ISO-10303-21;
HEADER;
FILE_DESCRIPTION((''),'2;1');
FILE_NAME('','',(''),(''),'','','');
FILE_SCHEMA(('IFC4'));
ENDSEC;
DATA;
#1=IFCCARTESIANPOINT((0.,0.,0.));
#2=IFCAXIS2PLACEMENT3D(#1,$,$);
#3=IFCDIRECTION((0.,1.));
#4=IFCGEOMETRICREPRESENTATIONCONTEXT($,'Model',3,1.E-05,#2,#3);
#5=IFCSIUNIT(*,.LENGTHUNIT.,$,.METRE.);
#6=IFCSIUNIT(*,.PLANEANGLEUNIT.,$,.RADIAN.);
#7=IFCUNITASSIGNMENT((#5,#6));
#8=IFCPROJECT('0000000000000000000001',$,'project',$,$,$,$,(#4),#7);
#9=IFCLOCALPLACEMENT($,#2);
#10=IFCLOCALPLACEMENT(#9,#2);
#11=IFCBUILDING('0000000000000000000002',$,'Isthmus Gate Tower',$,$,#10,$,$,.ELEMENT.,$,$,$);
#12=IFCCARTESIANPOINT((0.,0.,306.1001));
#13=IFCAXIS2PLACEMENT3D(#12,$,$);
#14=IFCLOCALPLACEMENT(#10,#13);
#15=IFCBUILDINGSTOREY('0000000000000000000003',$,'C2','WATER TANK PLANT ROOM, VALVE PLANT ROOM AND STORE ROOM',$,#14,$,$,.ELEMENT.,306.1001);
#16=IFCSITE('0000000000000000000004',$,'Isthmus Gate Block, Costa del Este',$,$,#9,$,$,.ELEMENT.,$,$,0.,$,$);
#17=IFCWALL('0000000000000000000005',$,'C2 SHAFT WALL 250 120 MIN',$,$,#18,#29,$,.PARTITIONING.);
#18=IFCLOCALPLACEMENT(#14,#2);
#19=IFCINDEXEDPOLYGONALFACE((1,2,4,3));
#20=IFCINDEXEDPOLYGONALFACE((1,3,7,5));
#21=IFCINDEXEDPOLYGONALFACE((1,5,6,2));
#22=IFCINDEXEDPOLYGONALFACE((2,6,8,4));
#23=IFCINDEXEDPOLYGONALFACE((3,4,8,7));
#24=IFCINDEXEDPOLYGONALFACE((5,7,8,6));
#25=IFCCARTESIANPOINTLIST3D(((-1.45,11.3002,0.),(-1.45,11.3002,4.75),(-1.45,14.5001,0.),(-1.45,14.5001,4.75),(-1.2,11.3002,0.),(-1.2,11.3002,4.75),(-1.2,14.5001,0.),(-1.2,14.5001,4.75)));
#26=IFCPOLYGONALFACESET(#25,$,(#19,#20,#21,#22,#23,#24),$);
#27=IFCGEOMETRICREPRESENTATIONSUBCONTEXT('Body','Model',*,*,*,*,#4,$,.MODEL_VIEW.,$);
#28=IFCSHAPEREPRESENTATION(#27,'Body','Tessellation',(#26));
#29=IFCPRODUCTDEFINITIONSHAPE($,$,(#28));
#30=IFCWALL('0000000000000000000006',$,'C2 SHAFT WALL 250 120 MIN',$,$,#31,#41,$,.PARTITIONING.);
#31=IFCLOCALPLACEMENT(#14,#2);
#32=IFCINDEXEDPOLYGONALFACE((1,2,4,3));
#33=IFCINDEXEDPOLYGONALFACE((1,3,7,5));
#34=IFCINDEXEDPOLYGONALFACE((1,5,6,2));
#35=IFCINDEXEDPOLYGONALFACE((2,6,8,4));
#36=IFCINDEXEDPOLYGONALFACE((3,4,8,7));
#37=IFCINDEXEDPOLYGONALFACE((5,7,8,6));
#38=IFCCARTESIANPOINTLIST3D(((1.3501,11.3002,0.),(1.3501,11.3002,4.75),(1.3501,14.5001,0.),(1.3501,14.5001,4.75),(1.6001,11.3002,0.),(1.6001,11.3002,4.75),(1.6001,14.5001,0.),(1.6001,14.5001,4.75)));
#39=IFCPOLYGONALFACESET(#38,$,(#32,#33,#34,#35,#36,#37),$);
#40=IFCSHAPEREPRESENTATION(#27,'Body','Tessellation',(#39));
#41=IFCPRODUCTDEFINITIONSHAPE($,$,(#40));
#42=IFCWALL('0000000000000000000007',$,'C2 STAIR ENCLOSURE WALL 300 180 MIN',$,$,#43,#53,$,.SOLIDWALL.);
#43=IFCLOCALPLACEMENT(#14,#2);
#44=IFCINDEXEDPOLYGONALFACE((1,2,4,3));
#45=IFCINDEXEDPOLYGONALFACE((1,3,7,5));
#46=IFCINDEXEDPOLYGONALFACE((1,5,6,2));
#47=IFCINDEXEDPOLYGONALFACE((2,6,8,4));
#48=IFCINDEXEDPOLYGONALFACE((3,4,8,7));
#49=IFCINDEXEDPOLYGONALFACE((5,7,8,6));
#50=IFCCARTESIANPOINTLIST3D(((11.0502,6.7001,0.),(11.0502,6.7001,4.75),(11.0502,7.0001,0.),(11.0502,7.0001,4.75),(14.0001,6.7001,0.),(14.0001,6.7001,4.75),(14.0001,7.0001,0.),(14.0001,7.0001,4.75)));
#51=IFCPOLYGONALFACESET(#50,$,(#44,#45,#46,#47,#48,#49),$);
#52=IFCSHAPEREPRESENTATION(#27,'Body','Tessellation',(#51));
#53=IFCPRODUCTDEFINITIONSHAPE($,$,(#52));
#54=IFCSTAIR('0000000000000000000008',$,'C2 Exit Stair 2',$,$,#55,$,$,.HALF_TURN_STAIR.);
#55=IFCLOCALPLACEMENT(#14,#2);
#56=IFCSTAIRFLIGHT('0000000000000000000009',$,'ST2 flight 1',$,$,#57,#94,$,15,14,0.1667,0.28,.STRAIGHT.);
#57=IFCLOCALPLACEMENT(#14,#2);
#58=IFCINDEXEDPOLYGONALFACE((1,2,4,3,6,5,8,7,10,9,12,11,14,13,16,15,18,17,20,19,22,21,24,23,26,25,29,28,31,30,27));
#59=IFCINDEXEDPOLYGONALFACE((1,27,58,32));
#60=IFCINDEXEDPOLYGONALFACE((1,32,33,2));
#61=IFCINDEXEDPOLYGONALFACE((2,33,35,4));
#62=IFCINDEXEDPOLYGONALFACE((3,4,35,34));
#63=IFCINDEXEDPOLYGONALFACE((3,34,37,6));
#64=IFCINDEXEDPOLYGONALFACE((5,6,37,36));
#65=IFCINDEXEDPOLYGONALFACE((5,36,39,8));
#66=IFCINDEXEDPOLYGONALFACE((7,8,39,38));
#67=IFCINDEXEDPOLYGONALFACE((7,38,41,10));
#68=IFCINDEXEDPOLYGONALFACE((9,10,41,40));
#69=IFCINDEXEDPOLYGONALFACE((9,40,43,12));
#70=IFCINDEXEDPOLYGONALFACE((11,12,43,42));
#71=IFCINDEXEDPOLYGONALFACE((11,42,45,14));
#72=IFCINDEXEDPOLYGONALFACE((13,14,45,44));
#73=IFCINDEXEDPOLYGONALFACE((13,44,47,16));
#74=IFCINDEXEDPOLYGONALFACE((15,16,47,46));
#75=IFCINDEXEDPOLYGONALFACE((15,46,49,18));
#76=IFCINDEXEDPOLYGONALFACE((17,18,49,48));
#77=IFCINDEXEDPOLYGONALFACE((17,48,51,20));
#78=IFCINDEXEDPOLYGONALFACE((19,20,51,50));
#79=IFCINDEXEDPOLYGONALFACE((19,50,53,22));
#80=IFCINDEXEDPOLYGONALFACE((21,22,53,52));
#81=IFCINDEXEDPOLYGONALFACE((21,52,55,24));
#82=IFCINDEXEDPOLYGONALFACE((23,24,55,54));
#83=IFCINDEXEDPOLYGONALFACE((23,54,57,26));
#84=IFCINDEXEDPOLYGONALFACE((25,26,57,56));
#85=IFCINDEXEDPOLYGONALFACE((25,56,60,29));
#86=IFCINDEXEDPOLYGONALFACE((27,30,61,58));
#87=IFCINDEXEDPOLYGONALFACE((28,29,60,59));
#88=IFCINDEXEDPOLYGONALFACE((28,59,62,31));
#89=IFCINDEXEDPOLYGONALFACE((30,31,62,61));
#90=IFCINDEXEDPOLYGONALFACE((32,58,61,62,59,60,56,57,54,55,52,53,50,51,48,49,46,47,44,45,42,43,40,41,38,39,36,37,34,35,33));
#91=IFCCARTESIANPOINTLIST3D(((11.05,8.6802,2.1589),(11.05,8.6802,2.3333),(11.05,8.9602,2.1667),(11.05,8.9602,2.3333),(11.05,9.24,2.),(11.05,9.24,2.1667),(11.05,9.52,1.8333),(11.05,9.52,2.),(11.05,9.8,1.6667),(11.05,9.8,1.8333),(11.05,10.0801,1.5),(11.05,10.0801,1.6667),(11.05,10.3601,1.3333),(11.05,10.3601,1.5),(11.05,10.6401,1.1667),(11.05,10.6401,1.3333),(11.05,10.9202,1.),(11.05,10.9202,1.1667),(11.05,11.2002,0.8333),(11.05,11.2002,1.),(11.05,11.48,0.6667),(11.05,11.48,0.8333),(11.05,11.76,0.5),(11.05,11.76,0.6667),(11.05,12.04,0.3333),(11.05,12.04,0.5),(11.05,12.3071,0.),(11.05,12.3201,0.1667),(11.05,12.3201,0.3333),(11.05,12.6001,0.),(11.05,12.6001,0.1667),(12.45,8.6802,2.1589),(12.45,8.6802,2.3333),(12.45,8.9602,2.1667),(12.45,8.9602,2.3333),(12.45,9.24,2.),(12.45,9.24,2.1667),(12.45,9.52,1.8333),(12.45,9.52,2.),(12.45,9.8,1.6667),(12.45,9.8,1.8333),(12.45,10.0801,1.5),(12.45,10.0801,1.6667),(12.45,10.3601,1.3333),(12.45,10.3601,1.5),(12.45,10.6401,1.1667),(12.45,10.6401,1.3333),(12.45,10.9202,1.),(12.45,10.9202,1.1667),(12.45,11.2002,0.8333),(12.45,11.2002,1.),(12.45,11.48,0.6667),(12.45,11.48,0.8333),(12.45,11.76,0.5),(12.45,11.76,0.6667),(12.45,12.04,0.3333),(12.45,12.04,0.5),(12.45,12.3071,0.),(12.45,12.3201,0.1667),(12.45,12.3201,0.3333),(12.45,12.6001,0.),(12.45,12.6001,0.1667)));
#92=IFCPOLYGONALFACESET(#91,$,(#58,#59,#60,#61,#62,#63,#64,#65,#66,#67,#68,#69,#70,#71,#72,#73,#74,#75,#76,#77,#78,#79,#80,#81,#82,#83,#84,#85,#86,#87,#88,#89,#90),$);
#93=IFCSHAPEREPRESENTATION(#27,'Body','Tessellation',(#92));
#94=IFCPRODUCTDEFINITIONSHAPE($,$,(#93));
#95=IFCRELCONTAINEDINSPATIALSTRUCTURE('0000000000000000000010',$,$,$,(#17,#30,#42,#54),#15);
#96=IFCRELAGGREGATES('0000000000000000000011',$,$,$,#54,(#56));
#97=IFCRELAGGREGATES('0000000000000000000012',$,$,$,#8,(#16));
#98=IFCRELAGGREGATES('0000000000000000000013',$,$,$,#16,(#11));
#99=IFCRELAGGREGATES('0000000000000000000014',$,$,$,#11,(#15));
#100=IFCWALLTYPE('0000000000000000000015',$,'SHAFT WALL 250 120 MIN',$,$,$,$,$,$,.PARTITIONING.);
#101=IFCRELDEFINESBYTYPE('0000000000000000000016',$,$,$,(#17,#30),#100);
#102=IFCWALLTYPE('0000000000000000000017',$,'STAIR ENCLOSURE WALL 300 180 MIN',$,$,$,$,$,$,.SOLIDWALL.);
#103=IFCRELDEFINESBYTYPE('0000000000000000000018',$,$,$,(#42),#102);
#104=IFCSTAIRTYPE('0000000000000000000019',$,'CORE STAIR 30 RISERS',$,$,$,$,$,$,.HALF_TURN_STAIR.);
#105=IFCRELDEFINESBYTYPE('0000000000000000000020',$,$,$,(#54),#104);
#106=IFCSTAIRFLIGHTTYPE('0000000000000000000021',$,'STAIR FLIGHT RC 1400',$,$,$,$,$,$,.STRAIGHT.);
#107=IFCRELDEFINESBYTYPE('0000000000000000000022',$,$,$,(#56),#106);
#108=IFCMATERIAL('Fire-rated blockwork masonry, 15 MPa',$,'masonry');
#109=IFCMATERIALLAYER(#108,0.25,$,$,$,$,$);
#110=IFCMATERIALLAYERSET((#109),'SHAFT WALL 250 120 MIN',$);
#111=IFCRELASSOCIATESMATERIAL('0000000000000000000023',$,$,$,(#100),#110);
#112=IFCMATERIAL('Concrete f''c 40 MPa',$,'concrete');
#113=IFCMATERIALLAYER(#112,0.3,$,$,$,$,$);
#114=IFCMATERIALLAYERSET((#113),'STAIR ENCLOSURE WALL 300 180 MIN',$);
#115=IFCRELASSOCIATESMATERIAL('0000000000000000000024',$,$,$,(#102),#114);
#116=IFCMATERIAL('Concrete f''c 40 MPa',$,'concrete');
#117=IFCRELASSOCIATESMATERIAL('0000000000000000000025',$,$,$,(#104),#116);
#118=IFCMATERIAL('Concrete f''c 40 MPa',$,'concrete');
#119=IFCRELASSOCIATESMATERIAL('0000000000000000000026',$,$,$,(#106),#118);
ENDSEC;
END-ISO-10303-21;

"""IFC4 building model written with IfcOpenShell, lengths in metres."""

from ifc_helpers import new_model, si_unit, direction, frame, frame_2d, origin, place, context, subcontext, project, spatial, polyline, rectangle, outline, extrude, material, layer, layer_set, type_object, element, aggregate, save


model = new_model("IFC4")

# Units and contexts
model_context = context("Model", 3, precision=1e-05, world=origin(), true_north=direction((0.0, 1.0)))
body_context = subcontext(model_context, "Body", "Model", "MODEL_VIEW")
ifc_project = project(units=[si_unit("LENGTHUNIT", "METRE"), si_unit("PLANEANGLEUNIT", "RADIAN")], contexts=[model_context])

# Site, building, storey
site_placement = place(None, origin())
site = spatial("IfcSite", under=ifc_project, at=site_placement, Name="Isthmus Gate Block, Costa del Este", CompositionType="ELEMENT", RefElevation=0.0)
building_placement = place(site_placement, origin())
building = spatial("IfcBuilding", under=site, at=building_placement, Name="Isthmus Gate Tower", CompositionType="ELEMENT")
storey_placement = place(building_placement, frame((0.0, 0.0, 306.1001)))
storey = spatial("IfcBuildingStorey", under=building, at=storey_placement, Name="C2", Description="WATER TANK PLANT ROOM, VALVE PLANT ROOM AND STORE ROOM", CompositionType="ELEMENT", Elevation=306.1001)

# Walls
ifc_material_1 = material(Name="Fire-rated blockwork masonry, 15 MPa", Category="masonry")
ifc_layer_1 = layer(ifc_material_1, 0.25)
ifc_layer_set_1 = layer_set([ifc_layer_1], Name="SHAFT WALL 250 120 MIN")
wall_type_1 = type_object("IfcWallType", Name="SHAFT WALL 250 120 MIN", PredefinedType="PARTITIONING", material=ifc_layer_set_1)
for number, where, z_axis, x_axis, name in (
    (1, (-1.325, 11.3, 0.0), (0.0, 0.0, 1.0), (0.0, 1.0, 0.0), "C2 SHAFT WALL 250 120 MIN"),
    (2, (1.4751, 11.3, 0.0), (0.0, 0.0, 1.0), (0.0, 1.0, 0.0), "C2 SHAFT WALL 250 120 MIN"),
):
    element("IfcWall", number, at=place(storey_placement, frame(where, z_axis=z_axis, x_axis=x_axis)), inside=storey, type_object=wall_type_1, Name=name, PredefinedType="PARTITIONING", context=body_context, shape_type="SweptSolid", body=[
        extrude(rectangle(XDim=3.2, YDim=0.25, at=frame_2d((1.6001, 0.0))), origin(), (0.0, 0.0, 1.0), 4.75),
    ])
ifc_material_2 = material(Name="Concrete f'c 40 MPa", Category="concrete")
ifc_layer_2 = layer(ifc_material_2, 0.3)
ifc_layer_set_2 = layer_set([ifc_layer_2], Name="STAIR ENCLOSURE WALL 300 180 MIN")
wall_type_2 = type_object("IfcWallType", Name="STAIR ENCLOSURE WALL 300 180 MIN", PredefinedType="SOLIDWALL", material=ifc_layer_set_2)
wall_1_placement = place(storey_placement, frame((11.05, 6.8501, 0.0), z_axis=(0.0, 0.0, 1.0), x_axis=(1.0, 0.0, 0.0)))
element("IfcWall", 3, at=wall_1_placement, inside=storey, type_object=wall_type_2, Name="C2 STAIR ENCLOSURE WALL 300 180 MIN", PredefinedType="SOLIDWALL", context=body_context, shape_type="SweptSolid", body=[
    extrude(rectangle(XDim=2.95, YDim=0.3, at=frame_2d((1.4751, 0.0))), origin(), (0.0, 0.0, 1.0), 4.75),
])

# Stair, stair flight
ifc_material_3 = material(Name="Concrete f'c 40 MPa", Category="concrete")
stair_type = type_object("IfcStairType", Name="CORE STAIR 30 RISERS", PredefinedType="HALF_TURN_STAIR", material=ifc_material_3)
stair_placement = place(storey_placement, origin())
stair = element("IfcStair", 4, at=stair_placement, inside=storey, type_object=stair_type, Name="C2 Exit Stair 2", PredefinedType="HALF_TURN_STAIR")
ifc_material_4 = material(Name="Concrete f'c 40 MPa", Category="concrete")
stair_flight_type = type_object("IfcStairFlightType", Name="STAIR FLIGHT RC 1400", PredefinedType="STRAIGHT", material=ifc_material_4)
stair_flight_placement = place(storey_placement, frame((11.75, 12.6001, 0.0), z_axis=(0.0, 0.0, 1.0), x_axis=(0.0, -1.0, 0.0)))
stair_flight = element("IfcStairFlight", 5, at=stair_flight_placement, type_object=stair_flight_type, Name="ST2 flight 1", NumberOfRisers=15, NumberOfTreads=14, PredefinedType="STRAIGHT", RiserHeight=0.1667, TreadLength=0.28, context=body_context, shape_type="SweptSolid", body=[
    extrude(outline(polyline([(0.0, 0.0), (0.0, 0.1667), (0.28, 0.1667), (0.28, 0.3333), (0.5601, 0.3333), (0.5601, 0.5), (0.8401, 0.5), (0.8401, 0.6667), (1.1201, 0.6667), (1.1201, 0.8333), (1.3999, 0.8333), (1.3999, 1.0), (1.6799, 1.0), (1.6799, 1.1667), (1.96, 1.1667), (1.96, 1.3333), (2.24, 1.3333), (2.24, 1.5), (2.52, 1.5), (2.52, 1.6667), (2.8, 1.6667), (2.8, 1.8333), (3.0801, 1.8333), (3.0801, 2.0), (3.3601, 2.0), (3.3601, 2.1667), (3.6399, 2.1667), (3.6399, 2.3333), (3.9199, 2.3333), (3.9199, 2.5), (3.9199, 2.1589), (0.293, 0.0), (0.0, 0.0)])), frame((0.0, 0.7, 0.0), z_axis=(0.0, -1.0, 0.0), x_axis=(1.0, 0.0, 0.0)), (0.0, 0.0, 1.0), 1.3999),
])
aggregate(stair, [stair_flight])

save(model, "model.ifc")
